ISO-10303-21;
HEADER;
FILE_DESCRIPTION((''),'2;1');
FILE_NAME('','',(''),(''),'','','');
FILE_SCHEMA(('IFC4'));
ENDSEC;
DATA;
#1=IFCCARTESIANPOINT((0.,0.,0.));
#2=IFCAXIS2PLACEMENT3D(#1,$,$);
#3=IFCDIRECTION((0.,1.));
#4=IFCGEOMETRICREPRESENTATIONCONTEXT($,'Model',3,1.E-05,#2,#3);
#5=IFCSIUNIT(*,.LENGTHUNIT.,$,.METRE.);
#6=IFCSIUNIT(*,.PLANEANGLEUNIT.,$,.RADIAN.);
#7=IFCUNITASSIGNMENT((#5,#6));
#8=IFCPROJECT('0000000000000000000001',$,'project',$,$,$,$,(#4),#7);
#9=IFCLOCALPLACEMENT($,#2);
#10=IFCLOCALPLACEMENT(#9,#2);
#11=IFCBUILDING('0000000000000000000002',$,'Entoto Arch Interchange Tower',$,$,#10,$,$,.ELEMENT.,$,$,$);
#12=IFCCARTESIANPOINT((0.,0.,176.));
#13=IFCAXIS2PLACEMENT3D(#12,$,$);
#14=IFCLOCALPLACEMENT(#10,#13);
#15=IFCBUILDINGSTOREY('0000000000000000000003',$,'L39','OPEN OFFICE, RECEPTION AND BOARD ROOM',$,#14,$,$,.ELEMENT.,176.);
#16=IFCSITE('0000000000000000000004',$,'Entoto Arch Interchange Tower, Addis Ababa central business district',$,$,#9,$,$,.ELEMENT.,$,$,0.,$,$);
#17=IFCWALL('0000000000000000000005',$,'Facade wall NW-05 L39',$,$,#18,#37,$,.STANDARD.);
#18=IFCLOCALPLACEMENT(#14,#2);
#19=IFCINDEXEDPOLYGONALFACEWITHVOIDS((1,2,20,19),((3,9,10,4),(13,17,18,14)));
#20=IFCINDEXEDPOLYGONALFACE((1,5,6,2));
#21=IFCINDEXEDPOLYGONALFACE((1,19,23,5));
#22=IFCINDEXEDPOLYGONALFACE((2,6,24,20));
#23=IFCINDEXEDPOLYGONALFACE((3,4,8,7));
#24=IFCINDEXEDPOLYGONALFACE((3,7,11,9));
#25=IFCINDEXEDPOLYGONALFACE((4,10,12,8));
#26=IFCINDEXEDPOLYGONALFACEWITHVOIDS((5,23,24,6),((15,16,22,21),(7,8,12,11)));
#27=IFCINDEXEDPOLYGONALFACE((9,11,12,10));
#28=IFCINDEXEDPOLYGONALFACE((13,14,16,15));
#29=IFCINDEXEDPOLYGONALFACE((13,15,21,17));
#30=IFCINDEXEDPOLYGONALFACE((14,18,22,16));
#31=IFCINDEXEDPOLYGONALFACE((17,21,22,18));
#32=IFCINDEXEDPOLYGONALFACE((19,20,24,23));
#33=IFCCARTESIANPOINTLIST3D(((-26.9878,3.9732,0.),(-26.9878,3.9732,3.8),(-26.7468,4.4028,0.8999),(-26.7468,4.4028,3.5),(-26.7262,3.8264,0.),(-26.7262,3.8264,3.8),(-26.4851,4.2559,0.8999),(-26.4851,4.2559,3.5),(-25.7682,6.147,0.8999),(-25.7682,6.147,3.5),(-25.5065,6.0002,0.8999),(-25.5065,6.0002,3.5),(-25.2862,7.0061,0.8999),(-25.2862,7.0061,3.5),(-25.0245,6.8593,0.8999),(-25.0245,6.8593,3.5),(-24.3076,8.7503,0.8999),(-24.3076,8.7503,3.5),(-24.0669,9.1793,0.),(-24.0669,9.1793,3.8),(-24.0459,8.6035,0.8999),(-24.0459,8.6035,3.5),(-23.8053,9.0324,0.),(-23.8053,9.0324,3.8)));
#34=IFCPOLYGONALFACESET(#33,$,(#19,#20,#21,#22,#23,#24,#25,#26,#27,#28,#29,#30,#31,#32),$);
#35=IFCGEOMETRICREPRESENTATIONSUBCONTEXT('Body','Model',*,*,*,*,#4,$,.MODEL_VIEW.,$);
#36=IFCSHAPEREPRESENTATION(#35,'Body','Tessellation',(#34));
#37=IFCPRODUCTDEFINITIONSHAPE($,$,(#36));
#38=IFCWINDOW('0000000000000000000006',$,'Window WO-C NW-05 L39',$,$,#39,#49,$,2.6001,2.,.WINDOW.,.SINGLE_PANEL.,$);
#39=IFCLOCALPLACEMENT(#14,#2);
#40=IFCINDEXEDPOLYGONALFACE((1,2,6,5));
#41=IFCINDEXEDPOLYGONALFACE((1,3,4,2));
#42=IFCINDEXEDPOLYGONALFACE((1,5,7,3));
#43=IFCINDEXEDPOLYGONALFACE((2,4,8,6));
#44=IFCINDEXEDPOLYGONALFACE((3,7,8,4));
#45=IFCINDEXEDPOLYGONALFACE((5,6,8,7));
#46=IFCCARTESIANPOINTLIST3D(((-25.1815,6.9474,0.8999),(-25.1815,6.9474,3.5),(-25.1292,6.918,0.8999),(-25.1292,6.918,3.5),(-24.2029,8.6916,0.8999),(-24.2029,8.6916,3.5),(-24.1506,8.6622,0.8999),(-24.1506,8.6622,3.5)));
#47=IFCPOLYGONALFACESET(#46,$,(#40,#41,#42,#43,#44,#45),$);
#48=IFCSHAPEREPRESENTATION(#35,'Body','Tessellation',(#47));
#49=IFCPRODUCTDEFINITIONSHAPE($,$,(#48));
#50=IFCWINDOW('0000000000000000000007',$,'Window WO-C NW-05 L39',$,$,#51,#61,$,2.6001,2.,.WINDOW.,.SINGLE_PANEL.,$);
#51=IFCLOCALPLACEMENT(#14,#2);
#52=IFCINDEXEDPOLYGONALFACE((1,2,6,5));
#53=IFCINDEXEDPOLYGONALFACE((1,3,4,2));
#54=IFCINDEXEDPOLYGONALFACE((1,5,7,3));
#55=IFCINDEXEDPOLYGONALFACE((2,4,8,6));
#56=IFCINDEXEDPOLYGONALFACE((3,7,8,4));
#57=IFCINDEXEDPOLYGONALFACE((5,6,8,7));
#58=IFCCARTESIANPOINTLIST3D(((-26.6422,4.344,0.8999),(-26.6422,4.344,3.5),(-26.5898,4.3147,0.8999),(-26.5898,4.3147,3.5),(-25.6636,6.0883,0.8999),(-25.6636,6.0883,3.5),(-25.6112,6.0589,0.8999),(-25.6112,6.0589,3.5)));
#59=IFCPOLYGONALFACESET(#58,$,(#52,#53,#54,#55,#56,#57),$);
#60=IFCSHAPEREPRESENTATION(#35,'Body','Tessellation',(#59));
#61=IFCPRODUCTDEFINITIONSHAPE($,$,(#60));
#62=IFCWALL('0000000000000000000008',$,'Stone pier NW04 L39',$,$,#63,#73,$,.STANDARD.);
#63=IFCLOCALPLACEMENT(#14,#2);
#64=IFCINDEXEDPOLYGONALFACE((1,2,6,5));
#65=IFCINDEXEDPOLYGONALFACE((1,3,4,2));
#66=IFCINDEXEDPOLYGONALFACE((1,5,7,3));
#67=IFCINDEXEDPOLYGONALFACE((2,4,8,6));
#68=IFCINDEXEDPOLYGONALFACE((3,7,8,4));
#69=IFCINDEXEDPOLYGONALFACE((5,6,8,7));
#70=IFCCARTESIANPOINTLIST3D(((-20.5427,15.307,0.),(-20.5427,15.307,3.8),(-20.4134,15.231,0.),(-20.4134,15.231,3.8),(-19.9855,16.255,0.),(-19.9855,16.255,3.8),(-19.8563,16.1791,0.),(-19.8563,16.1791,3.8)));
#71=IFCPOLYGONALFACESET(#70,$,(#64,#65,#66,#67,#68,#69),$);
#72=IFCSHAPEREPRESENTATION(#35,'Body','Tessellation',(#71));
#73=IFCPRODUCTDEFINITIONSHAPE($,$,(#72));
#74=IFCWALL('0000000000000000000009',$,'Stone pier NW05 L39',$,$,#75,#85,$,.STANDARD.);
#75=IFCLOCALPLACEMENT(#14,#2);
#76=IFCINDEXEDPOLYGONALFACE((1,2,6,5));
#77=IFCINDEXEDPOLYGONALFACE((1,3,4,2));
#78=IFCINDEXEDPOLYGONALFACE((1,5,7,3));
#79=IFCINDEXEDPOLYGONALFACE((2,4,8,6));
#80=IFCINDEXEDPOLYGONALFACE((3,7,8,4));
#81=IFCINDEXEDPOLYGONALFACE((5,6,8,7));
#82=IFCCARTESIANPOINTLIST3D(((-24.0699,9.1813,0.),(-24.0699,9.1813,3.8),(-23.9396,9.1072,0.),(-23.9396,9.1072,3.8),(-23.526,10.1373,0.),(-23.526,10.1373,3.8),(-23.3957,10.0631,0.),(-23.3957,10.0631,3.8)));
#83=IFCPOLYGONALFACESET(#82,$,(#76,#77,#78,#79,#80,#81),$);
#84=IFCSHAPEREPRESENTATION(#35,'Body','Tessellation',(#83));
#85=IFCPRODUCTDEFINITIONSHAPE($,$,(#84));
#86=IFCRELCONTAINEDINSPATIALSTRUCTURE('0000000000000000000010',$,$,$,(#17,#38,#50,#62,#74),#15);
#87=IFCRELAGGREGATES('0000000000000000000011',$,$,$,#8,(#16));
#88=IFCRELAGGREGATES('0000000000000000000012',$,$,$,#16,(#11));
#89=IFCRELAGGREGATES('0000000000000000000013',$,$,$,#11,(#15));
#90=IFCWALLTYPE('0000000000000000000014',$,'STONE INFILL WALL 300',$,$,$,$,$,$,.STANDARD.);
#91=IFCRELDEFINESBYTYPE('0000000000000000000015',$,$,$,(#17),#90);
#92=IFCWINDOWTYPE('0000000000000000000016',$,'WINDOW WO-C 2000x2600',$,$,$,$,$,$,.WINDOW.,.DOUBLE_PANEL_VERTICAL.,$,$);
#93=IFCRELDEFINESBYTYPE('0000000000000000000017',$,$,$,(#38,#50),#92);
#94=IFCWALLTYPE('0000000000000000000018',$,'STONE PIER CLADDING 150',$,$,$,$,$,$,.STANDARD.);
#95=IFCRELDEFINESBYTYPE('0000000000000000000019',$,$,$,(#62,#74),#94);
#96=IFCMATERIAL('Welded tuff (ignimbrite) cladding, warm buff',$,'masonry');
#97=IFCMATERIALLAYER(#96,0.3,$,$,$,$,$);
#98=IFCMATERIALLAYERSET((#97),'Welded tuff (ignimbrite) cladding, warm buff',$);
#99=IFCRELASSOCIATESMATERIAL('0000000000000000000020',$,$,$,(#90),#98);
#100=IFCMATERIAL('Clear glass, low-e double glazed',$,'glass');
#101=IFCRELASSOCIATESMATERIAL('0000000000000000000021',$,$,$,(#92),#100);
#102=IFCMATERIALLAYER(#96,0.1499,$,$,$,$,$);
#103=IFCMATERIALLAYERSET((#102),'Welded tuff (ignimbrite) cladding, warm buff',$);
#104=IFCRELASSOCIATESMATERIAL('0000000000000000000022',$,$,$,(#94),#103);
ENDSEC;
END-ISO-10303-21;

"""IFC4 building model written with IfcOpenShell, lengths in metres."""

from ifc_helpers import new_model, si_unit, direction, frame, frame_2d, origin, place, context, subcontext, project, spatial, rectangle, extrude, material, layer, layer_set, type_object, element, fill, save


model = new_model("IFC4")

# Units and contexts
model_context = context("Model", 3, precision=1e-05, world=origin(), true_north=direction((0.0, 1.0)))
body_context = subcontext(model_context, "Body", "Model", "MODEL_VIEW")
ifc_project = project(units=[si_unit("LENGTHUNIT", "METRE"), si_unit("PLANEANGLEUNIT", "RADIAN")], contexts=[model_context])

# Site, building, storey
site_placement = place(None, origin())
site = spatial("IfcSite", under=ifc_project, at=site_placement, Name="Entoto Arch Interchange Tower, Addis Ababa central business district", CompositionType="ELEMENT", RefElevation=0.0)
building_placement = place(site_placement, origin())
building = spatial("IfcBuilding", under=site, at=building_placement, Name="Entoto Arch Interchange Tower", CompositionType="ELEMENT")
storey_placement = place(building_placement, frame((0.0, 0.0, 176.0)))
storey = spatial("IfcBuildingStorey", under=building, at=storey_placement, Name="L39", Description="OPEN OFFICE, RECEPTION AND BOARD ROOM", CompositionType="ELEMENT", Elevation=176.0)

# Wall, openings, windows
ifc_material_1 = material(Name="Welded tuff (ignimbrite) cladding, warm buff", Category="masonry")
ifc_layer_1 = layer(ifc_material_1, 0.3)
ifc_layer_set_1 = layer_set([ifc_layer_1], Name="Welded tuff (ignimbrite) cladding, warm buff")
wall_type_1 = type_object("IfcWallType", Name="STONE INFILL WALL 300", PredefinedType="STANDARD", material=ifc_layer_set_1)
ifc_material_2 = material(Name="Clear glass, low-e double glazed", Category="glass")
window_type = type_object("IfcWindowType", Name="WINDOW WO-C 2000x2600", PartitioningType="DOUBLE_PANEL_VERTICAL", PredefinedType="WINDOW", material=ifc_material_2)
wall_1_placement = place(storey_placement, frame((-23.936, 9.106, 0.0), z_axis=(0.0, 0.0, 1.0), x_axis=(-0.489306, -0.872112, 0.0)))
wall_1 = element("IfcWall", 1, at=wall_1_placement, inside=storey, type_object=wall_type_1, Name="Facade wall NW-05 L39", PredefinedType="STANDARD", context=body_context, shape_type="SweptSolid", body=[
    extrude(rectangle(XDim=5.9695, YDim=0.3, at=frame_2d((2.9849, 0.0))), origin(), (0.0, 0.0, 1.0), 3.8),
])
opening_1_placement = place(wall_1_placement, frame((0.4919, 0.0, 0.8999)))
opening_1 = element("IfcOpeningElement", 2, at=opening_1_placement, cuts=wall_1, PredefinedType="OPENING", context=body_context, shape_type="SweptSolid", body=[
    extrude(rectangle(XDim=2.0, YDim=2.6001, at=frame_2d((1.0, 1.3))), frame((0.0, 0.1602, 0.0), z_axis=(0.0, -1.0, 0.0), x_axis=(1.0, 0.0, 0.0)), (0.0, 0.0, 1.0), 0.3201),
])
opening_2_placement = place(wall_1_placement, frame((3.4771, 0.0, 0.8999)))
opening_2 = element("IfcOpeningElement", 3, at=opening_2_placement, cuts=wall_1, PredefinedType="OPENING", context=body_context, shape_type="SweptSolid", body=[
    extrude(rectangle(XDim=2.0, YDim=2.6001, at=frame_2d((1.0, 1.3))), frame((0.0, 0.1602, 0.0), z_axis=(0.0, -1.0, 0.0), x_axis=(1.0, 0.0, 0.0)), (0.0, 0.0, 1.0), 0.3201),
])
window_1_placement = place(opening_1_placement, origin())
window_1 = element("IfcWindow", 4, at=window_1_placement, inside=storey, type_object=window_type, Name="Window WO-C NW-05 L39", OverallHeight=2.6001, OverallWidth=2.0, PartitioningType="SINGLE_PANEL", PredefinedType="WINDOW", context=body_context, shape_type="SweptSolid", body=[
    extrude(rectangle(XDim=2.0, YDim=2.6001, at=frame_2d((1.0, 1.3))), frame((0.0, 0.03, 0.0), z_axis=(0.0, -1.0, 0.0), x_axis=(1.0, 0.0, 0.0)), (0.0, 0.0, 1.0), 0.0601),
])
fill(opening_1, window_1)
window_2_placement = place(opening_2_placement, origin())
window_2 = element("IfcWindow", 5, at=window_2_placement, inside=storey, type_object=window_type, Name="Window WO-C NW-05 L39", OverallHeight=2.6001, OverallWidth=2.0, PartitioningType="SINGLE_PANEL", PredefinedType="WINDOW", context=body_context, shape_type="SweptSolid", body=[
    extrude(rectangle(XDim=2.0, YDim=2.6001, at=frame_2d((1.0, 1.3))), frame((0.0, 0.03, 0.0), z_axis=(0.0, -1.0, 0.0), x_axis=(1.0, 0.0, 0.0)), (0.0, 0.0, 1.0), 0.0601),
])
fill(opening_2, window_2)

# Walls
ifc_layer_2 = layer(ifc_material_1, 0.1499)
ifc_layer_set_2 = layer_set([ifc_layer_2], Name="Welded tuff (ignimbrite) cladding, warm buff")
wall_type_2 = type_object("IfcWallType", Name="STONE PIER CLADDING 150", PredefinedType="STANDARD", material=ifc_layer_set_2)
wall_2_placement = place(storey_placement, frame((-19.9209, 16.217, 0.0), z_axis=(0.0, 0.0, 1.0), x_axis=(-0.506671, -0.86214, 0.0)))
element("IfcWall", 6, at=wall_2_placement, inside=storey, type_object=wall_type_2, Name="Stone pier NW04 L39", PredefinedType="STANDARD", context=body_context, shape_type="SweptSolid", body=[
    extrude(rectangle(XDim=1.0996, YDim=0.1499, at=frame_2d((0.5498, 0.0))), origin(), (0.0, 0.0, 1.0), 3.8),
])
wall_3_placement = place(storey_placement, frame((-23.4609, 10.1001, 0.0), z_axis=(0.0, 0.0, 1.0), x_axis=(-0.494513, -0.86917, 0.0)))
element("IfcWall", 7, at=wall_3_placement, inside=storey, type_object=wall_type_2, Name="Stone pier NW05 L39", PredefinedType="STANDARD", context=body_context, shape_type="SweptSolid", body=[
    extrude(rectangle(XDim=1.0999, YDim=0.1499, at=frame_2d((0.5498, 0.0))), origin(), (0.0, 0.0, 1.0), 3.8),
])

save(model, "model.ifc")
